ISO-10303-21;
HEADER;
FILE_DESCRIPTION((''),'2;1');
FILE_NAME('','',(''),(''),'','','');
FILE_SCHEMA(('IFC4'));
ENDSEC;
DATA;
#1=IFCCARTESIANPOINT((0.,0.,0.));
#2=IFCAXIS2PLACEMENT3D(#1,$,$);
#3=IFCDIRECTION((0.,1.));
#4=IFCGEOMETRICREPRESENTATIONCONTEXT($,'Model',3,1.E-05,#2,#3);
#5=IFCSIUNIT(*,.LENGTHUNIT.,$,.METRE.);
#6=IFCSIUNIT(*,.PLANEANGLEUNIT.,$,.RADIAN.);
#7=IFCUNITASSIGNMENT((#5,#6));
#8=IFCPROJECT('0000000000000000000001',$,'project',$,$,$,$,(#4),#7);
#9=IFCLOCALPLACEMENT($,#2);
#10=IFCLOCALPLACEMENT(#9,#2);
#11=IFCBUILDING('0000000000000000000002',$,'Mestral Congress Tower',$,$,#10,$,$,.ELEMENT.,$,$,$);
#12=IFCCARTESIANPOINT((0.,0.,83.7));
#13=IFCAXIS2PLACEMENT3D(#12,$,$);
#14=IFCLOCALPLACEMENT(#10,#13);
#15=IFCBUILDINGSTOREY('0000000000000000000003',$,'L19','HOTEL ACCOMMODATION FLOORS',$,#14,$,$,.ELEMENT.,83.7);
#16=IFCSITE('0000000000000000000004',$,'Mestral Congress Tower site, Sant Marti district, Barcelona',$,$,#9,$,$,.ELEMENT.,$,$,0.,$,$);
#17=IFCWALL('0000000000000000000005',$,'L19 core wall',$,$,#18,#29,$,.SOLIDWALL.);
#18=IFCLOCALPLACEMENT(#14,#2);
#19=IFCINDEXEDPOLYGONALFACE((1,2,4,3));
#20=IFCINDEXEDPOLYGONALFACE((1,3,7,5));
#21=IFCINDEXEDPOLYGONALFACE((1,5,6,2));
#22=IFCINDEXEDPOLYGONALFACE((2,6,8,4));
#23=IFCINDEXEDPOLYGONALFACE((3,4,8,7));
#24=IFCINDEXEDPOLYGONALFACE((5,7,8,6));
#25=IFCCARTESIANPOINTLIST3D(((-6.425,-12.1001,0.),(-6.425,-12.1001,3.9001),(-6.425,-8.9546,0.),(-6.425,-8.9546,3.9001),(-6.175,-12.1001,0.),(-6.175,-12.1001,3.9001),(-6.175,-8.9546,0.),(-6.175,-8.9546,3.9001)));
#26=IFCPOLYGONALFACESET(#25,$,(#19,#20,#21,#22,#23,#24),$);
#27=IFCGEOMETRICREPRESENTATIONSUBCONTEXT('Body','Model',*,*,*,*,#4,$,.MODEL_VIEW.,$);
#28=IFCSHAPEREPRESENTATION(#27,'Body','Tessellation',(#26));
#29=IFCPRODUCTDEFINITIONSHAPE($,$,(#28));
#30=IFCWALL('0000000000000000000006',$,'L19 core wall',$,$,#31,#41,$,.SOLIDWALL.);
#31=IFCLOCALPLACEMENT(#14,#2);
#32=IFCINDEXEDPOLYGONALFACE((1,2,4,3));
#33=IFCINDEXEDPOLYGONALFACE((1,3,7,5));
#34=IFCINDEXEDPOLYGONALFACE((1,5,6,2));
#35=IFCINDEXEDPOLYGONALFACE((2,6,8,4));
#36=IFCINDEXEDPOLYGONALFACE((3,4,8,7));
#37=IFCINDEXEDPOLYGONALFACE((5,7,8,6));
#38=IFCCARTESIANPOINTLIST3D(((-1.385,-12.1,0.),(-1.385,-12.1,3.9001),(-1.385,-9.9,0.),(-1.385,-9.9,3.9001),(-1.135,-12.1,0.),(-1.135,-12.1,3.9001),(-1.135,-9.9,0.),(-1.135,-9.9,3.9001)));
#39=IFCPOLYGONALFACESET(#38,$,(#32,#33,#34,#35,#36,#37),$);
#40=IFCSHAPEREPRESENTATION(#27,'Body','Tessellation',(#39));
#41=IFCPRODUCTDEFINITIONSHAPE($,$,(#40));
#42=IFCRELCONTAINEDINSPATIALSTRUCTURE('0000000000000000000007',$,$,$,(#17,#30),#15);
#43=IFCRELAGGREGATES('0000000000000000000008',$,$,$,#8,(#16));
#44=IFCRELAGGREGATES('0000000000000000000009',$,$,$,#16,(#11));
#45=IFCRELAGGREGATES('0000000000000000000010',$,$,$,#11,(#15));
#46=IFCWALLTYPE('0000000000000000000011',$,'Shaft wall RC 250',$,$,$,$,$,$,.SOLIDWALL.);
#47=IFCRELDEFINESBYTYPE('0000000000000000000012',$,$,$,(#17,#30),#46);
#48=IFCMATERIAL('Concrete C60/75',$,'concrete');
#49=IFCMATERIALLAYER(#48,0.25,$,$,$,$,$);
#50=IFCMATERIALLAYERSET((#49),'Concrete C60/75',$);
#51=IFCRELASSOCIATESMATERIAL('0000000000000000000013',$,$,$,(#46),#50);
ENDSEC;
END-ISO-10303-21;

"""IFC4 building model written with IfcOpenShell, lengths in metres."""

from ifc_helpers import new_model, si_unit, direction, frame, frame_2d, origin, place, context, subcontext, project, spatial, rectangle, extrude, material, layer, layer_set, type_object, element, save


model = new_model("IFC4")

# Units and contexts
model_context = context("Model", 3, precision=1e-05, world=origin(), true_north=direction((0.0, 1.0)))
body_context = subcontext(model_context, "Body", "Model", "MODEL_VIEW")
ifc_project = project(units=[si_unit("LENGTHUNIT", "METRE"), si_unit("PLANEANGLEUNIT", "RADIAN")], contexts=[model_context])

# Site, building, storey
site_placement = place(None, origin())
site = spatial("IfcSite", under=ifc_project, at=site_placement, Name="Mestral Congress Tower site, Sant Marti district, Barcelona", CompositionType="ELEMENT", RefElevation=0.0)
building_placement = place(site_placement, origin())
building = spatial("IfcBuilding", under=site, at=building_placement, Name="Mestral Congress Tower", CompositionType="ELEMENT")
storey_placement = place(building_placement, frame((0.0, 0.0, 83.7)))
storey = spatial("IfcBuildingStorey", under=building, at=storey_placement, Name="L19", Description="HOTEL ACCOMMODATION FLOORS", CompositionType="ELEMENT", Elevation=83.7)

# Shared definitions
ifc_material_1 = material(Name="Concrete C60/75", Category="concrete")

# Walls
ifc_layer_1 = layer(ifc_material_1, 0.25)
ifc_layer_set_1 = layer_set([ifc_layer_1], Name="Concrete C60/75")
wall_type_1 = type_object("IfcWallType", Name="Shaft wall RC 250", PredefinedType="SOLIDWALL", material=ifc_layer_set_1)
wall_1_placement = place(storey_placement, frame((-6.3, -12.1001, 0.0), z_axis=(0.0, 0.0, 1.0), x_axis=(0.0, 1.0, 0.0)))
element("IfcWall", 1, at=wall_1_placement, inside=storey, type_object=wall_type_1, Name="L19 core wall", PredefinedType="SOLIDWALL", context=body_context, shape_type="SweptSolid", body=[
    extrude(rectangle(XDim=3.1455, YDim=0.25, at=frame_2d((1.5728, 0.0))), origin(), (0.0, 0.0, 1.0), 3.9001),
])
wall_2_placement = place(storey_placement, frame((-1.26, -12.1001, 0.0), z_axis=(0.0, 0.0, 1.0), x_axis=(0.0, 1.0, 0.0)))
element("IfcWall", 2, at=wall_2_placement, inside=storey, type_object=wall_type_1, Name="L19 core wall", PredefinedType="SOLIDWALL", context=body_context, shape_type="SweptSolid", body=[
    extrude(rectangle(XDim=2.2, YDim=0.25, at=frame_2d((1.1001, 0.0))), origin(), (0.0, 0.0, 1.0), 3.9001),
])

save(model, "model.ifc")
